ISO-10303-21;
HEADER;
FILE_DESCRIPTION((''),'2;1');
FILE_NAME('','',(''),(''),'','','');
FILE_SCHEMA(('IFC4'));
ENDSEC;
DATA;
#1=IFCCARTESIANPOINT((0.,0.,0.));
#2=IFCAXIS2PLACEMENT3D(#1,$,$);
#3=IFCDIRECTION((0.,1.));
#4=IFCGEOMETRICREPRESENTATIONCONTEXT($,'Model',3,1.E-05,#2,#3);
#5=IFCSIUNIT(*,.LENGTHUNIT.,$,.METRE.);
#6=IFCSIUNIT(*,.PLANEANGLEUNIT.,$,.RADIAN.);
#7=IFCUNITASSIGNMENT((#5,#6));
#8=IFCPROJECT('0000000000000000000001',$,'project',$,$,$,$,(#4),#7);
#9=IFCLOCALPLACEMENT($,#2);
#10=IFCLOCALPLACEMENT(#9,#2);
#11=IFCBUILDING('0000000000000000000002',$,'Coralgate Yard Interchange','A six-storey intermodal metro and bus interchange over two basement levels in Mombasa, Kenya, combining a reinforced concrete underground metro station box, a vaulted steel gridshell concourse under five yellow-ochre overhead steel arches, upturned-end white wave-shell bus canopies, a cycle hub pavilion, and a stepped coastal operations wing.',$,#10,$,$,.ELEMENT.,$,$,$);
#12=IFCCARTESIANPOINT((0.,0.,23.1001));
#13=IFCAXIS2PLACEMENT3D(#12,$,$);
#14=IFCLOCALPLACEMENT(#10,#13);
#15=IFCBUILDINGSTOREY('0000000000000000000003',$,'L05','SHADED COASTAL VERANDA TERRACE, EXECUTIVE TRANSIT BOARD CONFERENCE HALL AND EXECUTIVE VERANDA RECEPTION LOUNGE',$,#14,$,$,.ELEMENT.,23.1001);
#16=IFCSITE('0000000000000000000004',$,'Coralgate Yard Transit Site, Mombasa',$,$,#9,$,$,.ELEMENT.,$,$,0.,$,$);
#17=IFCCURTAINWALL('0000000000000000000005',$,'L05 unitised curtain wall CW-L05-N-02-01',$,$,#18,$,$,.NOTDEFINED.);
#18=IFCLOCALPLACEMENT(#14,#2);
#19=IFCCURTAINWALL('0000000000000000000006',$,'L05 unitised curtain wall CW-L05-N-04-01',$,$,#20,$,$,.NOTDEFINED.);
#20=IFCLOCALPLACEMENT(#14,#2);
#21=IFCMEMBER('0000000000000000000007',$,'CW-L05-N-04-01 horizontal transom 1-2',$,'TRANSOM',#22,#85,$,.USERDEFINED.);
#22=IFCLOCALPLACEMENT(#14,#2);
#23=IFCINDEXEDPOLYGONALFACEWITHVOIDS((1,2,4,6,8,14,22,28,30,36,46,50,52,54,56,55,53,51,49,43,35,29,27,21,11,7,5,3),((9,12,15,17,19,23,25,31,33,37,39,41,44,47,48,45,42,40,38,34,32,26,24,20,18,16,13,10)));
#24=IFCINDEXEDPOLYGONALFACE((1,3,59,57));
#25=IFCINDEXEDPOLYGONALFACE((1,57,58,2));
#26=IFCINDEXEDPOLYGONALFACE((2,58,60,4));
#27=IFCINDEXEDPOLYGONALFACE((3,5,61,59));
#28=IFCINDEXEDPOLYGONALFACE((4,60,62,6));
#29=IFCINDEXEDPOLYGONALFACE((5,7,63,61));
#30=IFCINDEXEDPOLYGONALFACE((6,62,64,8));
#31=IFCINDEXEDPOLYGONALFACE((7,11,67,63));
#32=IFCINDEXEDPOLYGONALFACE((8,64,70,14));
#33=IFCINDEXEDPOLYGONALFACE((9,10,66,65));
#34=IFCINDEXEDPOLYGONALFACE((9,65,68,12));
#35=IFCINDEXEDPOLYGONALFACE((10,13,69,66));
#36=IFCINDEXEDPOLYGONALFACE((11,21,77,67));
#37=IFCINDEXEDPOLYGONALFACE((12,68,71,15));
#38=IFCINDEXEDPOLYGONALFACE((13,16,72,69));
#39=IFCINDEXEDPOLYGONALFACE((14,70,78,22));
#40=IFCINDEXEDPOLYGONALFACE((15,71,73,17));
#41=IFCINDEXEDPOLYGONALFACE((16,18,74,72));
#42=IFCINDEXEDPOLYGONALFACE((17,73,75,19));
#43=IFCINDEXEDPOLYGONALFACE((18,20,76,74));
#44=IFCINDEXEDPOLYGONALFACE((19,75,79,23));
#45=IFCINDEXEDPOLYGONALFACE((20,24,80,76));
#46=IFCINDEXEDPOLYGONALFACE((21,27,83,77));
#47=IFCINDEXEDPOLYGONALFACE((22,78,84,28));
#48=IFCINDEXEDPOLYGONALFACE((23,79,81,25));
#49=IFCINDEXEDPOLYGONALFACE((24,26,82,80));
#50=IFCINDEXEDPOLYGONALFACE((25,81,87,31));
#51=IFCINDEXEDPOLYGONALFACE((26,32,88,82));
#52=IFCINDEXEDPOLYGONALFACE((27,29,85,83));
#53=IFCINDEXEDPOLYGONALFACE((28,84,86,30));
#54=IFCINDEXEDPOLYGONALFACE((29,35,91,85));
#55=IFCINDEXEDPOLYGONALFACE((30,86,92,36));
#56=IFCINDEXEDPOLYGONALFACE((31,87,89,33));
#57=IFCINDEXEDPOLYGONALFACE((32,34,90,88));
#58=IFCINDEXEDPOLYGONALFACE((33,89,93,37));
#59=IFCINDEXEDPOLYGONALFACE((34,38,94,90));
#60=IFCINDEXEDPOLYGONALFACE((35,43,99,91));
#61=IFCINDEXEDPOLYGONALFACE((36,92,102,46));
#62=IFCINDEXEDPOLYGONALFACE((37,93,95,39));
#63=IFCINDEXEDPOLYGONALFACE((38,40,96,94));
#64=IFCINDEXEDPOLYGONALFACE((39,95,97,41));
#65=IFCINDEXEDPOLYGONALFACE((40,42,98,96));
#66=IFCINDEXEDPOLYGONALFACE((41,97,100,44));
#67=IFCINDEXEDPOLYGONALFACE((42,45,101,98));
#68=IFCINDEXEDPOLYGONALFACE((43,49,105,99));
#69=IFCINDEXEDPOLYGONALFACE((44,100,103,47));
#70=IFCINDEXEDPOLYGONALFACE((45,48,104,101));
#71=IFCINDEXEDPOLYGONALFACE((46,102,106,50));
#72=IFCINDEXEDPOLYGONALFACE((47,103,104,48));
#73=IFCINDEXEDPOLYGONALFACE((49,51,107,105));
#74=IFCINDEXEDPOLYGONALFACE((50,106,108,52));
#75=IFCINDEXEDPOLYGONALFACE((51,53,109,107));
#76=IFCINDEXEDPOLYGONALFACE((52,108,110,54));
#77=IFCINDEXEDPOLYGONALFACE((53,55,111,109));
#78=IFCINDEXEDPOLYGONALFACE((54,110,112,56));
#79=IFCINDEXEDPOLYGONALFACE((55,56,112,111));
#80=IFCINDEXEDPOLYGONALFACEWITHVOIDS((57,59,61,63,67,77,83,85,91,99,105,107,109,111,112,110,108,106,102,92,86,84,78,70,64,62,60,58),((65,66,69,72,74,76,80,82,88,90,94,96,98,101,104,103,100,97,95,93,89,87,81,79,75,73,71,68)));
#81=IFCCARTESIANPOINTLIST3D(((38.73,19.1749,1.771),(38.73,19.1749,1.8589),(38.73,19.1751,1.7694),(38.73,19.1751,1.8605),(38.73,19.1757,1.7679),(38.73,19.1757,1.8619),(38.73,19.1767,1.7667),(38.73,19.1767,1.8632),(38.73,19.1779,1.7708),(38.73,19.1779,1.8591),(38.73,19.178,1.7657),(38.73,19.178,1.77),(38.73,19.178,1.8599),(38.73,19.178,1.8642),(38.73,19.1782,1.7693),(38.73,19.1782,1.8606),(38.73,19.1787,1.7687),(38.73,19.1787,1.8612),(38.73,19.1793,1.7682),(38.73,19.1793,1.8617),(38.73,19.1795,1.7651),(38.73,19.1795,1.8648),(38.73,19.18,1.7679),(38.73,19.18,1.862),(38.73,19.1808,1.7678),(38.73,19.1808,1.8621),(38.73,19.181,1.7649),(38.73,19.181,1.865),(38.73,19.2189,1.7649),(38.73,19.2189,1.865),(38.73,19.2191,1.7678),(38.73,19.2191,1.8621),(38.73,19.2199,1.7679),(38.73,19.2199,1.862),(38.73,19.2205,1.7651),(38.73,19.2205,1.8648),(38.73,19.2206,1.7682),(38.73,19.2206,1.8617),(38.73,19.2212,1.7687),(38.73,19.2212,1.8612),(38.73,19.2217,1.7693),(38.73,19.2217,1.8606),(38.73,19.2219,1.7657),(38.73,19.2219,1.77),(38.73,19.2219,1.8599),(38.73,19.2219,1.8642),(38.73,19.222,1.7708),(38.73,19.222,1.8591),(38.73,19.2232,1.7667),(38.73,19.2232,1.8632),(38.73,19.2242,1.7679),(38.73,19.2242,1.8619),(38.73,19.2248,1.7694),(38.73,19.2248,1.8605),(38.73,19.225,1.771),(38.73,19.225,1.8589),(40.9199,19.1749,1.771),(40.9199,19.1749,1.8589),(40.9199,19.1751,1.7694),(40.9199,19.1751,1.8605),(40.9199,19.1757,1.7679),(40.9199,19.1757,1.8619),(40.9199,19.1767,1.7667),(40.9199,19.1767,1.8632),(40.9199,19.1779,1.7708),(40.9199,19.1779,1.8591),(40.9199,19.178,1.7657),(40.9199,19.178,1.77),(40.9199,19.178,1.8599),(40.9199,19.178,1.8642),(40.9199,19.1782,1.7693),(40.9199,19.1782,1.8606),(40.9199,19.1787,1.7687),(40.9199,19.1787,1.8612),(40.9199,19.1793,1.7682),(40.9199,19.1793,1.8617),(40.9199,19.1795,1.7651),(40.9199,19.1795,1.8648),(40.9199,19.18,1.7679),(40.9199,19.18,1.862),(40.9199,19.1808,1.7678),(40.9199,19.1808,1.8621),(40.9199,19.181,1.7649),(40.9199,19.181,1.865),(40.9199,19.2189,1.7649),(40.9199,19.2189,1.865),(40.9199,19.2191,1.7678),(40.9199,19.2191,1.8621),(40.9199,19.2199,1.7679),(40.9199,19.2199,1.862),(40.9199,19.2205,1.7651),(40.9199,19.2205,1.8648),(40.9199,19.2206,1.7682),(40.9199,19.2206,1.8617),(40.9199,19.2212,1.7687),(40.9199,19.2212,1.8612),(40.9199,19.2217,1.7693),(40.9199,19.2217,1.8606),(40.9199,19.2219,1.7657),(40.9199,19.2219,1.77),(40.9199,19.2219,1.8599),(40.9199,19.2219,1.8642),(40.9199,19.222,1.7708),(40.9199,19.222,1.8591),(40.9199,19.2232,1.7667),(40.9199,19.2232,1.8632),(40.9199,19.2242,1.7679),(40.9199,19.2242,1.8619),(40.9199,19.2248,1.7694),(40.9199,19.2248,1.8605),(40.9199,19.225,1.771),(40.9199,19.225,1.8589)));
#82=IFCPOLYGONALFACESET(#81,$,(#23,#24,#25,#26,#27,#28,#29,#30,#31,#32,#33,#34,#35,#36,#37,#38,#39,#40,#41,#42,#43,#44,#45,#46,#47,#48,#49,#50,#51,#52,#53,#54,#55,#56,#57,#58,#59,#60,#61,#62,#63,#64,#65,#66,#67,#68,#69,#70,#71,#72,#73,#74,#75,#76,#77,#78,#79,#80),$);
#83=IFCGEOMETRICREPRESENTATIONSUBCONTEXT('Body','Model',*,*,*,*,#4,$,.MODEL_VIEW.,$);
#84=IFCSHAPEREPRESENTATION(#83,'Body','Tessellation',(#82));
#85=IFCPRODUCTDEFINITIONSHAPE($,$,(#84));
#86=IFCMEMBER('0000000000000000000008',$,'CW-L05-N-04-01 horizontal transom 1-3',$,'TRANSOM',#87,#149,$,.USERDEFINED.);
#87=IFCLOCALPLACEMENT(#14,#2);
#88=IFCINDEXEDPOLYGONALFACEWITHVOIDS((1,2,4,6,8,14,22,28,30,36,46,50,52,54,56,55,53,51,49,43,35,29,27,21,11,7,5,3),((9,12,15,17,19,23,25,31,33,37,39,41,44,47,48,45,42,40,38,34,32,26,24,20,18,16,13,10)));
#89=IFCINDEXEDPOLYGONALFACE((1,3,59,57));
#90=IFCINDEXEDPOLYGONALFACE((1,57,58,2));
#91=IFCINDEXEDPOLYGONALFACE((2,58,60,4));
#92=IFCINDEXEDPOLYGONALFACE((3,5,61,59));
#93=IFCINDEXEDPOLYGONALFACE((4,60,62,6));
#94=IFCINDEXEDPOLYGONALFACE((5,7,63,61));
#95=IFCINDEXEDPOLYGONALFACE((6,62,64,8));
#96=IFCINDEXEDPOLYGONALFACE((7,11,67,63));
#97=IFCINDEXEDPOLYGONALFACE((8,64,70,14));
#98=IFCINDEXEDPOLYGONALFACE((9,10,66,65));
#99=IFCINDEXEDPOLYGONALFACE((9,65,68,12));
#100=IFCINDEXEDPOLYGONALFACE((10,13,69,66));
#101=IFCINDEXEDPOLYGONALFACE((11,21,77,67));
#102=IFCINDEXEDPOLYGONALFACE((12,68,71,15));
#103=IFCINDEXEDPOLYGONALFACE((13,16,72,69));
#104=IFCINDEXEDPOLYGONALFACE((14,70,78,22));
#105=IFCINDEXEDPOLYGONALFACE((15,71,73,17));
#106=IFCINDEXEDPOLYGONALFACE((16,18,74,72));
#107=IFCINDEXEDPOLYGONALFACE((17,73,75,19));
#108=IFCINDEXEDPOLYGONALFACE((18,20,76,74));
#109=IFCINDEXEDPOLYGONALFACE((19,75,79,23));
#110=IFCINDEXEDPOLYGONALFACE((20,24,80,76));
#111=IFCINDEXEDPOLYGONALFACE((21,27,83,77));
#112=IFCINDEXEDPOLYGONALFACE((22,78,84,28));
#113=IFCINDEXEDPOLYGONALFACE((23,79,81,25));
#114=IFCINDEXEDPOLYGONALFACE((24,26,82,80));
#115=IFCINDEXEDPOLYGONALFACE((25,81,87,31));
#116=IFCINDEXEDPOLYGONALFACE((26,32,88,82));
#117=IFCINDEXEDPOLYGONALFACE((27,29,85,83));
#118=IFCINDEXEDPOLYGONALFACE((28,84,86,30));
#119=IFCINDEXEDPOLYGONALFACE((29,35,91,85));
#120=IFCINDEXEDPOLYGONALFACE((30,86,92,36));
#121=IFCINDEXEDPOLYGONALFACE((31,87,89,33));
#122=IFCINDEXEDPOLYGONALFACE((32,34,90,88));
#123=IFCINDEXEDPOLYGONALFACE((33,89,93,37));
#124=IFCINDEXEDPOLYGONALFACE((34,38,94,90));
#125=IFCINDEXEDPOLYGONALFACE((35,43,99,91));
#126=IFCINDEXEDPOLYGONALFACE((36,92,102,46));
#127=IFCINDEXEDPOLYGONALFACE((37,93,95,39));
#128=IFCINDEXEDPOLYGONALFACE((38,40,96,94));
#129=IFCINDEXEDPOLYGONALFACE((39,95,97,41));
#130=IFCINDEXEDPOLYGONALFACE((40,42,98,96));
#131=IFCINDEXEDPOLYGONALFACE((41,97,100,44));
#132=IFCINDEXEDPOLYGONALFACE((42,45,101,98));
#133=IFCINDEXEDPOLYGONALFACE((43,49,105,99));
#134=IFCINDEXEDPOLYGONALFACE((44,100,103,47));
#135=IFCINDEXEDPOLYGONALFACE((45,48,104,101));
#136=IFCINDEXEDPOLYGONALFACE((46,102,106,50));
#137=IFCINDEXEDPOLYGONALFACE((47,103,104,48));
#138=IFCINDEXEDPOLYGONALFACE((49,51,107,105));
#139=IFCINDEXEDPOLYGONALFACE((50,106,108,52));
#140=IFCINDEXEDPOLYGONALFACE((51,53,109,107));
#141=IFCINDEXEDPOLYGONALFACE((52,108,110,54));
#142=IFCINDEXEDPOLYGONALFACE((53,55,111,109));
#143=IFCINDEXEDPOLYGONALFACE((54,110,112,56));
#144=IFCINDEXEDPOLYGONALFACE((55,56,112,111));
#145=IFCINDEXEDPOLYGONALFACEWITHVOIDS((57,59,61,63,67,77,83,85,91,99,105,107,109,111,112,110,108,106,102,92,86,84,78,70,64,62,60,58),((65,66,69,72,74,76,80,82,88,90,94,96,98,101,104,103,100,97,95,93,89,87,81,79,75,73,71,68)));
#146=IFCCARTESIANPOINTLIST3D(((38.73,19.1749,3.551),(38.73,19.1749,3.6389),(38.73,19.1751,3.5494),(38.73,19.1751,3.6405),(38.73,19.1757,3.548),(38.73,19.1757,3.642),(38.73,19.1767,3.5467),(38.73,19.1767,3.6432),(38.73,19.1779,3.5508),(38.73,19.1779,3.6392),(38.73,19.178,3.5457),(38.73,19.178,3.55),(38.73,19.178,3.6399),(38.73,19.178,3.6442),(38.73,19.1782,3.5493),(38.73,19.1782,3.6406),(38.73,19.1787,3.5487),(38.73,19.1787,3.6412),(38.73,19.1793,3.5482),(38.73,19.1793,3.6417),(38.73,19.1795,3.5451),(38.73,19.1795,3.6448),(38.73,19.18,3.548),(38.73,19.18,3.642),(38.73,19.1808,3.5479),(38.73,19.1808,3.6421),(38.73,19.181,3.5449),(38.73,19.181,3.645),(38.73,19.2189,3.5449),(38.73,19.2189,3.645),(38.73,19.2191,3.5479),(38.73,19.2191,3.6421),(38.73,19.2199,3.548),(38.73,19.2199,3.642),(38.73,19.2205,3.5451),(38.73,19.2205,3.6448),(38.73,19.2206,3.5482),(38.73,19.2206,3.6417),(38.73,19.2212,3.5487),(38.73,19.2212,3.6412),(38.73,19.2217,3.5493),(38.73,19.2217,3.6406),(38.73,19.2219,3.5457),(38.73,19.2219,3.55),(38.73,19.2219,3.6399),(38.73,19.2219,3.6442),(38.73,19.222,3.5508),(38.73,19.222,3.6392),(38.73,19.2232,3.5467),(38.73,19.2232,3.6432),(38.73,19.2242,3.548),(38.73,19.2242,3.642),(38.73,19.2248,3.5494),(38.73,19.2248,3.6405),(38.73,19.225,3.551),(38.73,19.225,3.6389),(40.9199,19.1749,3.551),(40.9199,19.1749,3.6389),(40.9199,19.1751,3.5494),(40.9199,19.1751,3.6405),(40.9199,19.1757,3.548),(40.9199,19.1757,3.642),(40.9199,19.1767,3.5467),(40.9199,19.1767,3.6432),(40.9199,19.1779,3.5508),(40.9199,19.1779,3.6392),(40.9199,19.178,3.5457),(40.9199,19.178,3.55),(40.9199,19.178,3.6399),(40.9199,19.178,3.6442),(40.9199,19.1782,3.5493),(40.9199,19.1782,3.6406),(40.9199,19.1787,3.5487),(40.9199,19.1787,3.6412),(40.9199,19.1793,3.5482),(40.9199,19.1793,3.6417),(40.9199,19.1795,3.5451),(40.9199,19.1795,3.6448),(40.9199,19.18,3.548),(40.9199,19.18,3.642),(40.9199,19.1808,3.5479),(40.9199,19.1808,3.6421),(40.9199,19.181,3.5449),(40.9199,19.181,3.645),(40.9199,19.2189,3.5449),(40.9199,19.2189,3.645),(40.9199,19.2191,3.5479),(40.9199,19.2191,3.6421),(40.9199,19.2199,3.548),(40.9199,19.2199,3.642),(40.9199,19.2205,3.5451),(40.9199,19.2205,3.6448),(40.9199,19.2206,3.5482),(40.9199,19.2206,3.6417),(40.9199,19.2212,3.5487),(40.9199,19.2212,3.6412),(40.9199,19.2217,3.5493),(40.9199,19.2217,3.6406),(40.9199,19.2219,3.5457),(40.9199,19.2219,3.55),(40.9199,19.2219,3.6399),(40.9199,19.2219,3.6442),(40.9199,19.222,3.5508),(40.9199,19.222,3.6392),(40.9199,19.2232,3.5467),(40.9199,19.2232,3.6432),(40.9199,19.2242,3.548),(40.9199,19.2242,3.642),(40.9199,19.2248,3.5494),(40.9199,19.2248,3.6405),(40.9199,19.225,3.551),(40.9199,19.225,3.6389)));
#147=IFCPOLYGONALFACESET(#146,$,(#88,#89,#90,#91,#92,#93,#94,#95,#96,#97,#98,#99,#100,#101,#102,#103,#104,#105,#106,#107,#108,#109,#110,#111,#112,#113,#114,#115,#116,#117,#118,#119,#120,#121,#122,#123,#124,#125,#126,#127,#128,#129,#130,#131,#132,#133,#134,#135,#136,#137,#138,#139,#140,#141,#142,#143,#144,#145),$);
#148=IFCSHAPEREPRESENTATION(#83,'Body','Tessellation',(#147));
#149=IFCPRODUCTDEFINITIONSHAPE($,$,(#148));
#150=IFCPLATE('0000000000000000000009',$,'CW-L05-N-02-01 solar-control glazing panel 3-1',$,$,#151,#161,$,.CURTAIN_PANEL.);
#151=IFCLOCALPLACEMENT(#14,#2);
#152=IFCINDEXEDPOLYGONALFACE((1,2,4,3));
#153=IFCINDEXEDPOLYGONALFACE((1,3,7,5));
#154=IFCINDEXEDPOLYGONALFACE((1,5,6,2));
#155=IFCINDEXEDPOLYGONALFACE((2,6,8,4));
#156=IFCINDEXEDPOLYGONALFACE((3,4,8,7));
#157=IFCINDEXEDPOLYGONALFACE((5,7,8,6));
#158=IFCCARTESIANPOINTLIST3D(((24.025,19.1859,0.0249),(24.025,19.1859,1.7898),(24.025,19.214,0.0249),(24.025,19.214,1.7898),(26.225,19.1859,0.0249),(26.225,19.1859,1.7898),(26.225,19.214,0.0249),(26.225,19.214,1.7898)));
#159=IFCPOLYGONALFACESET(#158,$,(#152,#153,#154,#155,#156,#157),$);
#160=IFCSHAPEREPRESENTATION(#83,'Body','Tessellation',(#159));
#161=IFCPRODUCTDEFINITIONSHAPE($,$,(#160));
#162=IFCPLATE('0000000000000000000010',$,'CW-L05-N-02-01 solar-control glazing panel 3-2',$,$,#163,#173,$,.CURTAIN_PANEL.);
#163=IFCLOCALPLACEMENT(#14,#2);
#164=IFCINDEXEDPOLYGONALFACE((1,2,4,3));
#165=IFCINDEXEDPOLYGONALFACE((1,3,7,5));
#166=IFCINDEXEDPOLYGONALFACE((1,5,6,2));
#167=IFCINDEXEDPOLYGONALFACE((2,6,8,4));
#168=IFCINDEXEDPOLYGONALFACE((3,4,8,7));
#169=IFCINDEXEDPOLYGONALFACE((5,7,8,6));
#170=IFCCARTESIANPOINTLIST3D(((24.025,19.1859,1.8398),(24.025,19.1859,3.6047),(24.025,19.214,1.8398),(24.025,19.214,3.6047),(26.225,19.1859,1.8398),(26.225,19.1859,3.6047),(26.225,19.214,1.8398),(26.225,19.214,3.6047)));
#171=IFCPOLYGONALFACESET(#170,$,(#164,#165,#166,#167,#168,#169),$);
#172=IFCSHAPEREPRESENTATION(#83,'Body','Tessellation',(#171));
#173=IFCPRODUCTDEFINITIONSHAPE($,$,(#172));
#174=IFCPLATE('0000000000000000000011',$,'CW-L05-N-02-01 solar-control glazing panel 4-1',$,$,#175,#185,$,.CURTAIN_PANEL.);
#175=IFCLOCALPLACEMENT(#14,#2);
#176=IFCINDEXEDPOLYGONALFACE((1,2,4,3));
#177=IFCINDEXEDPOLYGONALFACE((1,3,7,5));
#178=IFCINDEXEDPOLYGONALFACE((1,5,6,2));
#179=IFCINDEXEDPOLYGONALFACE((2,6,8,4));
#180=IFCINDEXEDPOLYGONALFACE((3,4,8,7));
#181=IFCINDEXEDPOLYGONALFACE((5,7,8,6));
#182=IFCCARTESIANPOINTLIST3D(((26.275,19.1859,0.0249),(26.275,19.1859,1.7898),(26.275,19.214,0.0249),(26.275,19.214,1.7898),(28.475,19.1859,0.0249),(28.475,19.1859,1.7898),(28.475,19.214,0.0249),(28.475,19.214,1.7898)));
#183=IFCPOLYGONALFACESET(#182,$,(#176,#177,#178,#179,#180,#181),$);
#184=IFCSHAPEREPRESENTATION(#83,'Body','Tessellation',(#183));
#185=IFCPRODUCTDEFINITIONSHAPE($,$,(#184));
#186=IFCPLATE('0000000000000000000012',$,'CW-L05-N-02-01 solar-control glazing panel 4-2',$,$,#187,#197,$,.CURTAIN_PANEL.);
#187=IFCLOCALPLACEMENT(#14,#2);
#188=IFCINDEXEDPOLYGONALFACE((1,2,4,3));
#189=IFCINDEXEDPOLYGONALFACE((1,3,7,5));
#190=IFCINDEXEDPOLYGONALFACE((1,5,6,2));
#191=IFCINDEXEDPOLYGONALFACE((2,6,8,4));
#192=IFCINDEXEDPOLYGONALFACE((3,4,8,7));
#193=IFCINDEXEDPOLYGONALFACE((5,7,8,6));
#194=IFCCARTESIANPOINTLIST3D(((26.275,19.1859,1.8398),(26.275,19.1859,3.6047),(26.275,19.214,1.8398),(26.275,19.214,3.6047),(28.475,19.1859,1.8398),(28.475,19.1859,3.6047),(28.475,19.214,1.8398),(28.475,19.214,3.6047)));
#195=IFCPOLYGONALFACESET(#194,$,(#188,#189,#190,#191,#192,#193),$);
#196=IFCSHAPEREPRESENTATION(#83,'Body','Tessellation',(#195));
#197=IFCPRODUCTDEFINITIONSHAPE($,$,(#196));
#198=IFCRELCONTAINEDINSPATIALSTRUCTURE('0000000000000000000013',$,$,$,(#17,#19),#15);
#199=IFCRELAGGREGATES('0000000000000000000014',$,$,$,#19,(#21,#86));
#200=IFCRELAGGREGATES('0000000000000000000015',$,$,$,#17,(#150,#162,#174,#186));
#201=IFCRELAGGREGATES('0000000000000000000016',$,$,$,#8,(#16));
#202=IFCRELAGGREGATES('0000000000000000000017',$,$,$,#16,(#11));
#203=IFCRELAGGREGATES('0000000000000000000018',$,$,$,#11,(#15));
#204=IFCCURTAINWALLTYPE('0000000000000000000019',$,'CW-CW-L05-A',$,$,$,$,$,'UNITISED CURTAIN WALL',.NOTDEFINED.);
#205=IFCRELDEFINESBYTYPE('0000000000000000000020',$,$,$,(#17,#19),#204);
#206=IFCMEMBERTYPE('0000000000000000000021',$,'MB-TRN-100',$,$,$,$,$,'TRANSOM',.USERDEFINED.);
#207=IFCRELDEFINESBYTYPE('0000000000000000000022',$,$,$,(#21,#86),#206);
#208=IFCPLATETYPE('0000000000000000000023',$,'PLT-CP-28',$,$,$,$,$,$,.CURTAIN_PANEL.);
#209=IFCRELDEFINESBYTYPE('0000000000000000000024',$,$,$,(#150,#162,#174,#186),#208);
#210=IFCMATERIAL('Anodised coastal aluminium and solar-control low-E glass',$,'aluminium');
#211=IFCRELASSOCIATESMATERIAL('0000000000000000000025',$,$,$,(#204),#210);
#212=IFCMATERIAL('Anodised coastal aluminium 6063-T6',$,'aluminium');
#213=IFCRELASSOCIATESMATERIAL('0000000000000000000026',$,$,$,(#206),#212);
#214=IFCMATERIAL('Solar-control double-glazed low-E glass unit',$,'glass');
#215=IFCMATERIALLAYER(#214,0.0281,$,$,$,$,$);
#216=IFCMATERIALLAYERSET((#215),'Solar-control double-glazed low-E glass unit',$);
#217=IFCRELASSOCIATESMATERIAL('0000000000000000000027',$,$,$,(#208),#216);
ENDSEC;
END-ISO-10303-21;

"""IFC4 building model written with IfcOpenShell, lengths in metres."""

from ifc_helpers import new_model, si_unit, direction, frame, origin, origin_2d, place, context, subcontext, project, spatial, rectangle, hollow_rectangle, extrude, material, layer, layer_set, material_profile, profile_set, type_object, element, aggregate, save


model = new_model("IFC4")

# Units and contexts
model_context = context("Model", 3, precision=1e-05, world=origin(), true_north=direction((0.0, 1.0)))
body_context = subcontext(model_context, "Body", "Model", "MODEL_VIEW")
ifc_project = project(units=[si_unit("LENGTHUNIT", "METRE"), si_unit("PLANEANGLEUNIT", "RADIAN")], contexts=[model_context])

# Site, building, storey
site_placement = place(None, origin())
site = spatial("IfcSite", under=ifc_project, at=site_placement, Name="Coralgate Yard Transit Site, Mombasa", CompositionType="ELEMENT", RefElevation=0.0)
building_placement = place(site_placement, origin())
building = spatial("IfcBuilding", under=site, at=building_placement, Name="Coralgate Yard Interchange", Description="A six-storey intermodal metro and bus interchange over two basement levels in Mombasa, Kenya, combining a reinforced concrete underground metro station box, a vaulted steel gridshell concourse under five yellow-ochre overhead steel arches, upturned-end white wave-shell bus canopies, a cycle hub pavilion, and a stepped coastal operations wing.", CompositionType="ELEMENT")
storey_placement = place(building_placement, frame((0.0, 0.0, 23.1001)))
storey = spatial("IfcBuildingStorey", under=building, at=storey_placement, Name="L05", Description="SHADED COASTAL VERANDA TERRACE, EXECUTIVE TRANSIT BOARD CONFERENCE HALL AND EXECUTIVE VERANDA RECEPTION LOUNGE", CompositionType="ELEMENT", Elevation=23.1001)

# Curtain wall
ifc_material_1 = material(Name="Anodised coastal aluminium and solar-control low-E glass", Category="aluminium")
curtain_wall_type = type_object("IfcCurtainWallType", Name="CW-CW-L05-A", ElementType="UNITISED CURTAIN WALL", PredefinedType="NOTDEFINED", material=ifc_material_1)
curtain_wall_1_placement = place(storey_placement, origin())
curtain_wall_1 = element("IfcCurtainWall", 1, at=curtain_wall_1_placement, inside=storey, type_object=curtain_wall_type, Name="L05 unitised curtain wall CW-L05-N-02-01", PredefinedType="NOTDEFINED")
ifc_material_2 = material(Name="Anodised coastal aluminium 6063-T6", Category="aluminium")

# Curtain wall
curtain_wall_2_placement = place(storey_placement, origin())
curtain_wall_2 = element("IfcCurtainWall", 2, at=curtain_wall_2_placement, inside=storey, type_object=curtain_wall_type, Name="L05 unitised curtain wall CW-L05-N-04-01", PredefinedType="NOTDEFINED")

# Members
ifc_material_profile_1 = material_profile(ifc_material_2, hollow_rectangle(XDim=0.05, YDim=0.1001, WallThickness=0.0029, InnerFilletRadius=0.0029, OuterFilletRadius=0.0061, at=origin_2d()), Name="ALU 50x100x3")
ifc_profile_set_1 = profile_set([ifc_material_profile_1], Name="Anodised coastal aluminium 6063-T6")
member_type_1 = type_object("IfcMemberType", Name="MB-TRN-100", ElementType="TRANSOM", PredefinedType="USERDEFINED", material=ifc_profile_set_1)
member_1_placement = place(storey_placement, frame((38.73, 19.2, 1.8149), z_axis=(1.0, 0.0, 0.0), x_axis=(0.0, 1.0, 0.0)))
member_1 = element("IfcMember", 3, at=member_1_placement, type_object=member_type_1, Name="CW-L05-N-04-01 horizontal transom 1-2", ObjectType="TRANSOM", PredefinedType="USERDEFINED", context=body_context, shape_type="SweptSolid", body=[
    extrude(hollow_rectangle(XDim=0.05, YDim=0.1001, WallThickness=0.0029, InnerFilletRadius=0.0029, OuterFilletRadius=0.0061, at=origin_2d()), origin(), (0.0, 0.0, 1.0), 2.1899),
])
member_2_placement = place(storey_placement, frame((38.73, 19.2, 3.595), z_axis=(1.0, 0.0, 0.0), x_axis=(0.0, 1.0, 0.0)))
member_2 = element("IfcMember", 4, at=member_2_placement, type_object=member_type_1, Name="CW-L05-N-04-01 horizontal transom 1-3", ObjectType="TRANSOM", PredefinedType="USERDEFINED", context=body_context, shape_type="SweptSolid", body=[
    extrude(hollow_rectangle(XDim=0.05, YDim=0.1001, WallThickness=0.0029, InnerFilletRadius=0.0029, OuterFilletRadius=0.0061, at=origin_2d()), origin(), (0.0, 0.0, 1.0), 2.1899),
])
aggregate(curtain_wall_2, [member_1, member_2])

# Plates
ifc_material_3 = material(Name="Solar-control double-glazed low-E glass unit", Category="glass")
ifc_layer_1 = layer(ifc_material_3, 0.0281)
ifc_layer_set_1 = layer_set([ifc_layer_1], Name="Solar-control double-glazed low-E glass unit")
plate_type = type_object("IfcPlateType", Name="PLT-CP-28", PredefinedType="CURTAIN_PANEL", material=ifc_layer_set_1)
plate_1_placement = place(storey_placement, frame((25.125, 19.2, 0.0249), z_axis=(0.0, 0.0, 1.0), x_axis=(1.0, 0.0, 0.0)))
plate_1 = element("IfcPlate", 5, at=plate_1_placement, type_object=plate_type, Name="CW-L05-N-02-01 solar-control glazing panel 3-1", PredefinedType="CURTAIN_PANEL", context=body_context, shape_type="SweptSolid", body=[
    extrude(rectangle(XDim=2.2, YDim=0.0281, at=origin_2d()), origin(), (0.0, 0.0, 1.0), 1.7649),
])
plate_2_placement = place(storey_placement, frame((25.125, 19.2, 1.8398), z_axis=(0.0, 0.0, 1.0), x_axis=(1.0, 0.0, 0.0)))
plate_2 = element("IfcPlate", 6, at=plate_2_placement, type_object=plate_type, Name="CW-L05-N-02-01 solar-control glazing panel 3-2", PredefinedType="CURTAIN_PANEL", context=body_context, shape_type="SweptSolid", body=[
    extrude(rectangle(XDim=2.2, YDim=0.0281, at=origin_2d()), origin(), (0.0, 0.0, 1.0), 1.7649),
])
plate_3_placement = place(storey_placement, frame((27.375, 19.2, 0.0249), z_axis=(0.0, 0.0, 1.0), x_axis=(1.0, 0.0, 0.0)))
plate_3 = element("IfcPlate", 7, at=plate_3_placement, type_object=plate_type, Name="CW-L05-N-02-01 solar-control glazing panel 4-1", PredefinedType="CURTAIN_PANEL", context=body_context, shape_type="SweptSolid", body=[
    extrude(rectangle(XDim=2.2, YDim=0.0281, at=origin_2d()), origin(), (0.0, 0.0, 1.0), 1.7649),
])
plate_4_placement = place(storey_placement, frame((27.375, 19.2, 1.8398), z_axis=(0.0, 0.0, 1.0), x_axis=(1.0, 0.0, 0.0)))
plate_4 = element("IfcPlate", 8, at=plate_4_placement, type_object=plate_type, Name="CW-L05-N-02-01 solar-control glazing panel 4-2", PredefinedType="CURTAIN_PANEL", context=body_context, shape_type="SweptSolid", body=[
    extrude(rectangle(XDim=2.2, YDim=0.0281, at=origin_2d()), origin(), (0.0, 0.0, 1.0), 1.7649),
])
aggregate(curtain_wall_1, [plate_1, plate_2, plate_3, plate_4])

save(model, "model.ifc")
